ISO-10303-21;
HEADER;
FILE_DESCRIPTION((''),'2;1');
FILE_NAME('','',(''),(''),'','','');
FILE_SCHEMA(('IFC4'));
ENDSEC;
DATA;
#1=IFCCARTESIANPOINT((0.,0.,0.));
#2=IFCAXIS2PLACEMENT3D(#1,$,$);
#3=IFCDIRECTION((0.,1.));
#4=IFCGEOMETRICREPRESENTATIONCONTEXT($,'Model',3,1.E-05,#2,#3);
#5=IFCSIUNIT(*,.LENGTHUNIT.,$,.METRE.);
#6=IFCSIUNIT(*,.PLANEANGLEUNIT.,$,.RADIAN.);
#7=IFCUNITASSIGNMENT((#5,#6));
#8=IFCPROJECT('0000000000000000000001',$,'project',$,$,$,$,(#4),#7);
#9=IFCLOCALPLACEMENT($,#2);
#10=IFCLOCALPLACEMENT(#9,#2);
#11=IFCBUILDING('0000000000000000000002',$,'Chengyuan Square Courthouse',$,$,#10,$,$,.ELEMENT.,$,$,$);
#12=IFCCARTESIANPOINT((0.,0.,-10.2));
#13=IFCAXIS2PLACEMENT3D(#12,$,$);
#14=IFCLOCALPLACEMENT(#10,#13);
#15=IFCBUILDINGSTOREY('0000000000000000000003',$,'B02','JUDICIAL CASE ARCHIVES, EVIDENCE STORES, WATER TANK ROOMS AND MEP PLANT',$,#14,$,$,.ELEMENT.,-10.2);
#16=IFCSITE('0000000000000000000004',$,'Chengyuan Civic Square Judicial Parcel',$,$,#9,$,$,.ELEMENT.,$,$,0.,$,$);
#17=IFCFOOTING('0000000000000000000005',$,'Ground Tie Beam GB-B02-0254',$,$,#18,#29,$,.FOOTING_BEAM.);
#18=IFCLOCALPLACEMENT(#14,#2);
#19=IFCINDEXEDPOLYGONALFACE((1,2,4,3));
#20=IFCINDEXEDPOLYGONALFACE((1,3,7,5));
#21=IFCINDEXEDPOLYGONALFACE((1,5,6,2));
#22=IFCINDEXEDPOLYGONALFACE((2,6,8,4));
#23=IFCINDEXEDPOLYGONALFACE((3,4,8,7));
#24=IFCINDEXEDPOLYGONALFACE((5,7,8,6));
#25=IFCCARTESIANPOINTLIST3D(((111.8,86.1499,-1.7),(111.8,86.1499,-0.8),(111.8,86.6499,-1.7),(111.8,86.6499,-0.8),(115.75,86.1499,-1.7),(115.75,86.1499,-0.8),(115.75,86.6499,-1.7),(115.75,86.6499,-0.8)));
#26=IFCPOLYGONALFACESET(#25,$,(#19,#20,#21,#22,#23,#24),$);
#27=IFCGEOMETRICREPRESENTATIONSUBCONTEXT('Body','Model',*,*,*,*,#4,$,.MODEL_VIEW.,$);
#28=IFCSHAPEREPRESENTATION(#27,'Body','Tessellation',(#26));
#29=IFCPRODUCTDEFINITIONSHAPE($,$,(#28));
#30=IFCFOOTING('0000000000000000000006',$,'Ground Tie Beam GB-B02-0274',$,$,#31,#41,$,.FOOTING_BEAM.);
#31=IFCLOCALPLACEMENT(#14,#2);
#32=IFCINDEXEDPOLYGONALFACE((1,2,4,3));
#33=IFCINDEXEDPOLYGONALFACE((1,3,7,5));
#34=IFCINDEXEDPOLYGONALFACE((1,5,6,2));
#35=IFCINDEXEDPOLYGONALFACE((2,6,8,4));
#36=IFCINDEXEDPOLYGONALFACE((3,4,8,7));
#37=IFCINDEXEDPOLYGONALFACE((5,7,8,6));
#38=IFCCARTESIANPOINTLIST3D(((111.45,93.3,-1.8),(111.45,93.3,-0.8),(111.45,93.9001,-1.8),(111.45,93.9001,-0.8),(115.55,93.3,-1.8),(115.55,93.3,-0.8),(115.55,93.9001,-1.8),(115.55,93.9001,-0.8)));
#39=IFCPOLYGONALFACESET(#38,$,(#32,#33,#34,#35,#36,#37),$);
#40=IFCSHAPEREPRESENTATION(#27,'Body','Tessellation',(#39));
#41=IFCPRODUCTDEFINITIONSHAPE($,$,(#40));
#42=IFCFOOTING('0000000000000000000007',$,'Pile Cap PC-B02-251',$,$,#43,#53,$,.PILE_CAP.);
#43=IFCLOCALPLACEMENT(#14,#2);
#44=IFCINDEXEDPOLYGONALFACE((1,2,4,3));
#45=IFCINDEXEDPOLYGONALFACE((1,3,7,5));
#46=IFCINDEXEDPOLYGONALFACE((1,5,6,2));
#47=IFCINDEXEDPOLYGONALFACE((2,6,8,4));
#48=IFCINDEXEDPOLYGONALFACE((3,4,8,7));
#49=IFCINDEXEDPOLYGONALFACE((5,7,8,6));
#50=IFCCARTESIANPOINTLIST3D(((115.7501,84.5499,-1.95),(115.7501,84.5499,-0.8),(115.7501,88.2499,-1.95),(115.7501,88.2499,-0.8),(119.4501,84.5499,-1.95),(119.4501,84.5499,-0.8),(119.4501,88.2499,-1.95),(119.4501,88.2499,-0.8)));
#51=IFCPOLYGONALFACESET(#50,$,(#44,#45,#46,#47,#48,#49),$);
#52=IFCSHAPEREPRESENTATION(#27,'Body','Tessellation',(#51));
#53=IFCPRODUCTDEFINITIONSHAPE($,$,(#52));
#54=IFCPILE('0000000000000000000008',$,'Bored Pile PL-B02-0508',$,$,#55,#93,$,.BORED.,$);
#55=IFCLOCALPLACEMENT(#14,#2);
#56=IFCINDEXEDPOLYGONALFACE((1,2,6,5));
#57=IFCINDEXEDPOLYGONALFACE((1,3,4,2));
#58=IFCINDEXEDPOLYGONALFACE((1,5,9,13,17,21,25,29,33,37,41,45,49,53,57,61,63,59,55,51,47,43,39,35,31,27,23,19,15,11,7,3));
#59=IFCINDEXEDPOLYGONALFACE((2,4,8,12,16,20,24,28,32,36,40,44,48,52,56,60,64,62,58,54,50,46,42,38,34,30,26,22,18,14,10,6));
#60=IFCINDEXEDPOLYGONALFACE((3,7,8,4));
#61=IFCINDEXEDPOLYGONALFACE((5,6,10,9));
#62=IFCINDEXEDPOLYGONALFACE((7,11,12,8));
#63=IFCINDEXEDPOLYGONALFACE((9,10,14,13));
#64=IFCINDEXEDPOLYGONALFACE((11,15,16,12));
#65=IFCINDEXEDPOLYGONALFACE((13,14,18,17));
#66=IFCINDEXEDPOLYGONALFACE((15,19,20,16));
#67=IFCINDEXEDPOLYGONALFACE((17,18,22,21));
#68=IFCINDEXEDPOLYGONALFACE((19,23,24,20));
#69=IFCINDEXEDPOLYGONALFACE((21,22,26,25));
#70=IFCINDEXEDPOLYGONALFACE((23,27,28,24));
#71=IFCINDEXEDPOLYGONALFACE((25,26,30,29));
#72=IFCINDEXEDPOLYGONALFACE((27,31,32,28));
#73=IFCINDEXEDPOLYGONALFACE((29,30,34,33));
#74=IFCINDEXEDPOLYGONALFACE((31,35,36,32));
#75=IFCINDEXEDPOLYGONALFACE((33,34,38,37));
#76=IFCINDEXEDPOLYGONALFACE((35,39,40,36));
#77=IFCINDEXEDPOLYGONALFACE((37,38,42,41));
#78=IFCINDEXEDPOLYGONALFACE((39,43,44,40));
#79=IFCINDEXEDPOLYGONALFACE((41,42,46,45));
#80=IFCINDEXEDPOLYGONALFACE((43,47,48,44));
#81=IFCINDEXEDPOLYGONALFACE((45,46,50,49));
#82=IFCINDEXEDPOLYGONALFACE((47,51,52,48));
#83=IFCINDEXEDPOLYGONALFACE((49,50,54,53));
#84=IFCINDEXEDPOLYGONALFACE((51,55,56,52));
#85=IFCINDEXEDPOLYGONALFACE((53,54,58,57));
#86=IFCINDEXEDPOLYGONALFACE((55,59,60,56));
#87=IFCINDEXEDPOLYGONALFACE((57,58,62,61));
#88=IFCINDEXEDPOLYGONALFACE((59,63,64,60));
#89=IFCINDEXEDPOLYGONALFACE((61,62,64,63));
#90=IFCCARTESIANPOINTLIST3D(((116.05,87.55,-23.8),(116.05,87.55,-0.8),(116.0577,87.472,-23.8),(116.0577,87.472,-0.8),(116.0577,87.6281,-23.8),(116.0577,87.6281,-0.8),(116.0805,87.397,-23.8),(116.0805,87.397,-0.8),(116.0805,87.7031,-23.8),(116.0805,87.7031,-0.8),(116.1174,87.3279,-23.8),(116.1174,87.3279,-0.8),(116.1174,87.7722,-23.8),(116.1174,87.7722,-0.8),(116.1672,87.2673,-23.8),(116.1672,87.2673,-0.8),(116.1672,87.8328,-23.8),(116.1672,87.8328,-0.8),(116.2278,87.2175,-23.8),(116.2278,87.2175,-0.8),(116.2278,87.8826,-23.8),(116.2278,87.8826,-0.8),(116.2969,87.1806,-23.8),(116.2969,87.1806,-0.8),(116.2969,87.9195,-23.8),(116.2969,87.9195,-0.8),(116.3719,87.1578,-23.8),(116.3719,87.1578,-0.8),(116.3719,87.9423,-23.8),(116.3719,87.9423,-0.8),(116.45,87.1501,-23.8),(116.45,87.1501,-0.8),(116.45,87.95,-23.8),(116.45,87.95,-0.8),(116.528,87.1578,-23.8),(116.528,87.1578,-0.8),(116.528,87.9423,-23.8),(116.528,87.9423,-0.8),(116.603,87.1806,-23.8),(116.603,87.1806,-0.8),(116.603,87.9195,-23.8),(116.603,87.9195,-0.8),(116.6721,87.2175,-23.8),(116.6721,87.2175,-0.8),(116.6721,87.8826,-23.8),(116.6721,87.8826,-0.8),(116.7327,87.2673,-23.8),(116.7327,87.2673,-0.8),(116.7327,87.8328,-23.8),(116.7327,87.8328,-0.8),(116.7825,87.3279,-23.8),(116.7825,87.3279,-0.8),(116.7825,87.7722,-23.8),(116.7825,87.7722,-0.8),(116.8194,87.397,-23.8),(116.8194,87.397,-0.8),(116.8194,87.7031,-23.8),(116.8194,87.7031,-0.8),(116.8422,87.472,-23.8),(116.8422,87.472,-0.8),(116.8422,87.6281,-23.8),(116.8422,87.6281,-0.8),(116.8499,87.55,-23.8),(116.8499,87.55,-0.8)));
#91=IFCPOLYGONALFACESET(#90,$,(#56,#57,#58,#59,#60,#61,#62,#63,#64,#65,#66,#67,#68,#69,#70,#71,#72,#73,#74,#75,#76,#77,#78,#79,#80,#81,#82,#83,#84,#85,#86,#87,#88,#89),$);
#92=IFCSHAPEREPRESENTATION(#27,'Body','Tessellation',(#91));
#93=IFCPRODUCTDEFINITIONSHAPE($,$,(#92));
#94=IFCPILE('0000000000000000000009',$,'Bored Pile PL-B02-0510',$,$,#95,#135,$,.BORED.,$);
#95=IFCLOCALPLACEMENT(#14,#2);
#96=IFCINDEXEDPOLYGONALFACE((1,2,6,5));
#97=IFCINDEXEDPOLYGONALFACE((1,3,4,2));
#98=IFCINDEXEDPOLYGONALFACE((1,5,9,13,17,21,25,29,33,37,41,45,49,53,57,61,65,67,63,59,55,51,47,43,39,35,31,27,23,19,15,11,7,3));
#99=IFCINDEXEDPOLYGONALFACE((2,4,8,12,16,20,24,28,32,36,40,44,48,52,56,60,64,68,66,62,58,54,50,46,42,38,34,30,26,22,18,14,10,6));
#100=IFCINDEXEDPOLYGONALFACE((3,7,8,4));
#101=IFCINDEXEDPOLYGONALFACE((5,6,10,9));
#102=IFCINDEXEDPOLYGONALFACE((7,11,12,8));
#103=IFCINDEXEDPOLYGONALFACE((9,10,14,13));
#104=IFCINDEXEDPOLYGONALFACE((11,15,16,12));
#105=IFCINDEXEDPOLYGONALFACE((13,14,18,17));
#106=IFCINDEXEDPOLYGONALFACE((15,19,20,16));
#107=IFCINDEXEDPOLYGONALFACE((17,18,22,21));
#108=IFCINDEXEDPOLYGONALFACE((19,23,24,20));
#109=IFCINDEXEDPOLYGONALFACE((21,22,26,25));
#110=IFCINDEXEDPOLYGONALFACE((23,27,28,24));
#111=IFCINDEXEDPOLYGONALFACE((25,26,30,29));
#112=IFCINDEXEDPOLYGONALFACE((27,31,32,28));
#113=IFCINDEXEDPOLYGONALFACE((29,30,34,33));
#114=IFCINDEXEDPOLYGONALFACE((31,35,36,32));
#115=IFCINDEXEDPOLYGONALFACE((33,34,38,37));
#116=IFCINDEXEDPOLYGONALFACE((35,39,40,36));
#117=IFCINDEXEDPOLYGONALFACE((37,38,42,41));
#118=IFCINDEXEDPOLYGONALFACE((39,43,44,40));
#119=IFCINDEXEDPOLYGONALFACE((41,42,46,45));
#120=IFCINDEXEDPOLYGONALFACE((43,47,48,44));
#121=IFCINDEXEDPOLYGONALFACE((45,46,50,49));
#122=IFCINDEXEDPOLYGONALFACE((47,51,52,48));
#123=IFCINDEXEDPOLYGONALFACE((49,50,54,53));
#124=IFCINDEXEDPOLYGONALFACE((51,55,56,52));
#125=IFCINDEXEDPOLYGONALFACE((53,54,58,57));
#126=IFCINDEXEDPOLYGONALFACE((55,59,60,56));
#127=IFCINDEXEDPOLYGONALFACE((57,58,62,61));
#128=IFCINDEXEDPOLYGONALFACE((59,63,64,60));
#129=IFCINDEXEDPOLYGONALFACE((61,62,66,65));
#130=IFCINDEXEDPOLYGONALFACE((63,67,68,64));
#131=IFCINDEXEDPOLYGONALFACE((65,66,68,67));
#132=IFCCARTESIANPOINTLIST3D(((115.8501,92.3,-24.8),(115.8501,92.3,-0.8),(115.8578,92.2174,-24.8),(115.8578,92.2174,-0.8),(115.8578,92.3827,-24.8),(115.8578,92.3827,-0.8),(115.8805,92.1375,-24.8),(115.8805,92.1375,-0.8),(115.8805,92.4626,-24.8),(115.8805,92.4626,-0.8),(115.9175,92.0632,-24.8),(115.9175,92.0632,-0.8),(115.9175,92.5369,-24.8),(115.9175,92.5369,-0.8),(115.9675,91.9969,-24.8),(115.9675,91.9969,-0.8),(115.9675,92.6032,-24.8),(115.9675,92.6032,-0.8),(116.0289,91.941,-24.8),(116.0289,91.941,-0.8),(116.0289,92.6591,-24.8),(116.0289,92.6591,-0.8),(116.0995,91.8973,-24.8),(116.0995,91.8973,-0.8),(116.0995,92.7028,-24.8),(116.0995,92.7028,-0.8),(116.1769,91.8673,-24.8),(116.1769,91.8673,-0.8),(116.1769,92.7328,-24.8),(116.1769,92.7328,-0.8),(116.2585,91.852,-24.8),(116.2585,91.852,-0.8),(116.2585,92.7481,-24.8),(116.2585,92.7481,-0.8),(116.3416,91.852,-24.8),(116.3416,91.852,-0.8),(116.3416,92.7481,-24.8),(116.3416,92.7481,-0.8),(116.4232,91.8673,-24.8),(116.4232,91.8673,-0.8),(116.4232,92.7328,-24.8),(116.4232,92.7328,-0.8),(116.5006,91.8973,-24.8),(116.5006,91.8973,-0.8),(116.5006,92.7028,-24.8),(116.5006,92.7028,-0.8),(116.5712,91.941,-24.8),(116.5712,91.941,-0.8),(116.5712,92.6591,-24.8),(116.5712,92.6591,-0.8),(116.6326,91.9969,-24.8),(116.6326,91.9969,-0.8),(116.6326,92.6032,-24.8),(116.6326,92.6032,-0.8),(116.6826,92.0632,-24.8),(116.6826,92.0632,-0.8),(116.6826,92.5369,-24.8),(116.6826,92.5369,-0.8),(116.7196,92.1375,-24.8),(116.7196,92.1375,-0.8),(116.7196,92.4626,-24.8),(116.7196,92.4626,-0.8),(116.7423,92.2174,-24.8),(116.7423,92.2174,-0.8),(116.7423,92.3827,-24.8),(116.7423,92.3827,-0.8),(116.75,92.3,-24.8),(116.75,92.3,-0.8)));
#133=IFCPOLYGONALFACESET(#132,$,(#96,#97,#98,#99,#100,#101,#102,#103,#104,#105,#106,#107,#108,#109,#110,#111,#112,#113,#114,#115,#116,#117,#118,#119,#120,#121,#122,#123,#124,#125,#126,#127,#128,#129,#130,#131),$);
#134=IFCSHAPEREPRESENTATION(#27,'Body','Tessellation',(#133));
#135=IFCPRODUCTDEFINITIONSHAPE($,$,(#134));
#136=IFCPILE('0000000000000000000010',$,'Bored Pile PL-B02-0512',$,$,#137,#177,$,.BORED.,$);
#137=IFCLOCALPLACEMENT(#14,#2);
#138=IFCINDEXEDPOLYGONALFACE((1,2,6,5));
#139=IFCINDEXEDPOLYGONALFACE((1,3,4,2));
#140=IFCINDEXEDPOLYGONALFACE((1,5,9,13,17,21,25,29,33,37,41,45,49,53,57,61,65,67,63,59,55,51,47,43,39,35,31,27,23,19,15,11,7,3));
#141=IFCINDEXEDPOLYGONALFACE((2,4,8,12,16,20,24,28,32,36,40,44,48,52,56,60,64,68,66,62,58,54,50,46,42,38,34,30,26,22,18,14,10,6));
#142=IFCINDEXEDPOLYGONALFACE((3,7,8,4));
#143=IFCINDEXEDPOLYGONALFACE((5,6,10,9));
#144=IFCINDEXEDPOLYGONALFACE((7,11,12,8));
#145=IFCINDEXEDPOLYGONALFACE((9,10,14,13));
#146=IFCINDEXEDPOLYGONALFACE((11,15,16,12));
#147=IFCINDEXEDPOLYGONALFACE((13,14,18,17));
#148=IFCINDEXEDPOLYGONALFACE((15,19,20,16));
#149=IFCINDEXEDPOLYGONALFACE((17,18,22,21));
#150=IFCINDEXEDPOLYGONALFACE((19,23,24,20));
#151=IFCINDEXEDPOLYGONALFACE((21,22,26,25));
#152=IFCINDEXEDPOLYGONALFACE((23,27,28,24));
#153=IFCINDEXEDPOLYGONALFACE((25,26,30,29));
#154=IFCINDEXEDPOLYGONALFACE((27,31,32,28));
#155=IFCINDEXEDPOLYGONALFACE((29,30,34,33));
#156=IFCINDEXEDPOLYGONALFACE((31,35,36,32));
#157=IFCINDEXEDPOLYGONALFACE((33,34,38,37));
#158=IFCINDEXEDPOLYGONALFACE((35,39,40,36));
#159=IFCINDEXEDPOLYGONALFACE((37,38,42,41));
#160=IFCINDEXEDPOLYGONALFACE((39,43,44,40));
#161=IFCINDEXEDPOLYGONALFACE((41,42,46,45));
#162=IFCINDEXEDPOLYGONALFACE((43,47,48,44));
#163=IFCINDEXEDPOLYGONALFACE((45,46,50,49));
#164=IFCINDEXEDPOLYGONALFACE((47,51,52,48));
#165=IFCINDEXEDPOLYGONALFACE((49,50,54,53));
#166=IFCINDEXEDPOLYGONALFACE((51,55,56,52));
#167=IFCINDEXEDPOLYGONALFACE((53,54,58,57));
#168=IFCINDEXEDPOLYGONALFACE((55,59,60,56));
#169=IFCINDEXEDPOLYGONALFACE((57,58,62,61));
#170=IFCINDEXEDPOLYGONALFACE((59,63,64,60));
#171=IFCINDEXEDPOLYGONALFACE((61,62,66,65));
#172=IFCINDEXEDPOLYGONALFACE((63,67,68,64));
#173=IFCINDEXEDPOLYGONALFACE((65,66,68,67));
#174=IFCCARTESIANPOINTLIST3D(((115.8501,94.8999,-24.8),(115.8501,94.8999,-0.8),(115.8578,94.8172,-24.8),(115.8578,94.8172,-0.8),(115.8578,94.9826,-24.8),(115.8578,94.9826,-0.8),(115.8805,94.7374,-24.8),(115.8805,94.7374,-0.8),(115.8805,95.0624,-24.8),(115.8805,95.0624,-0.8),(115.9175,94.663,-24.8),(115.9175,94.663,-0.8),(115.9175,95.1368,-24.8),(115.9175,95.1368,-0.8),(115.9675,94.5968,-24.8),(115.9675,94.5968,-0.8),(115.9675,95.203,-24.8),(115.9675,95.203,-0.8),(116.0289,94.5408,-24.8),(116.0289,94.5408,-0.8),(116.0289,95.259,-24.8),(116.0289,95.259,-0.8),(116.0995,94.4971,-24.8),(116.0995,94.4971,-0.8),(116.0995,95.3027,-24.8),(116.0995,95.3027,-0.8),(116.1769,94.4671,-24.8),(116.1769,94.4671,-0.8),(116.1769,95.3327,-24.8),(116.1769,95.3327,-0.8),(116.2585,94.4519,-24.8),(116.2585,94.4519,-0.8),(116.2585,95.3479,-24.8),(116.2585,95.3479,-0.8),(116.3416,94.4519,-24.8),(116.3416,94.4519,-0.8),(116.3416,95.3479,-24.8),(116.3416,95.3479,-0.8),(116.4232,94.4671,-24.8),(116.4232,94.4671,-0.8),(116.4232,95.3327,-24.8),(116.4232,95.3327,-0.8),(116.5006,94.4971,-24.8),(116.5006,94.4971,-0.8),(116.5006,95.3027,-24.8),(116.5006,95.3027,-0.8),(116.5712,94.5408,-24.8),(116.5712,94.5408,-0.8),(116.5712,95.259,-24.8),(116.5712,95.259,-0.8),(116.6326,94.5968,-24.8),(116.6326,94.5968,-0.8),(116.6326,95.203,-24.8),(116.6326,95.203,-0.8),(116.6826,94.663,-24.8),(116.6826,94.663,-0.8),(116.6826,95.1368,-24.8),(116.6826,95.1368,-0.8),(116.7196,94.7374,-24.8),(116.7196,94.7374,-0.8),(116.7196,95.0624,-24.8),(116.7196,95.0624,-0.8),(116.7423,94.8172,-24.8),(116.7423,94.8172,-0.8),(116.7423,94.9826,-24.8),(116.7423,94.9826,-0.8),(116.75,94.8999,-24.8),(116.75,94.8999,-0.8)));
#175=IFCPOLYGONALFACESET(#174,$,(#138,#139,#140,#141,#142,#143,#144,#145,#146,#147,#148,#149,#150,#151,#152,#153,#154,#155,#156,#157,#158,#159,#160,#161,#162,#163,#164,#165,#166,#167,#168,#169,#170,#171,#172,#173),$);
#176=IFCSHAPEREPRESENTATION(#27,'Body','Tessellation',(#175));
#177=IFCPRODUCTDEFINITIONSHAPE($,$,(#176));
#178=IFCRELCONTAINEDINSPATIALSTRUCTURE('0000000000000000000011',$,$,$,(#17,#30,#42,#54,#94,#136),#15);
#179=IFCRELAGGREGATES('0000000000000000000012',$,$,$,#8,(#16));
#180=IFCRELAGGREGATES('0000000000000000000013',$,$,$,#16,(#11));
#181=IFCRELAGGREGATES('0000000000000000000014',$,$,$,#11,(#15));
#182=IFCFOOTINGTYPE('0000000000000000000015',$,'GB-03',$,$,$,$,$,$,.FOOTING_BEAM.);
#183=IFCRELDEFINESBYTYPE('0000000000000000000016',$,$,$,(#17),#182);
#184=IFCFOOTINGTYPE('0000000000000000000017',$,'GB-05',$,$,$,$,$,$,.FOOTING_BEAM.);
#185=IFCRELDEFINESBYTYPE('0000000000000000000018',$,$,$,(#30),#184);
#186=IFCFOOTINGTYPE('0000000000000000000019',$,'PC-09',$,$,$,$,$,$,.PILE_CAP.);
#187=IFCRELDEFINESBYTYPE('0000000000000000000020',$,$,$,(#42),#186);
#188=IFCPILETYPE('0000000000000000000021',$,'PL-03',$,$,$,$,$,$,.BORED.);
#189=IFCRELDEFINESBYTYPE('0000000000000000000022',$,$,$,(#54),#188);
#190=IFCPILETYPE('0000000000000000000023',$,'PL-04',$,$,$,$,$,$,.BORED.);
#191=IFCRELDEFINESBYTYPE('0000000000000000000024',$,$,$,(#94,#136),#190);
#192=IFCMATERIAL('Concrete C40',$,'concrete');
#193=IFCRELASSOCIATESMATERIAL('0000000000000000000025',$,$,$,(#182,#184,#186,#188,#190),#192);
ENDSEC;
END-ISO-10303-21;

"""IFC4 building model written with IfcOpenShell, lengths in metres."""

from ifc_helpers import new_model, si_unit, direction, frame, origin, origin_2d, place, context, subcontext, project, spatial, rectangle, circle, extrude, material, material_profile, profile_set, type_object, element, save


model = new_model("IFC4")

# Units and contexts
model_context = context("Model", 3, precision=1e-05, world=origin(), true_north=direction((0.0, 1.0)))
body_context = subcontext(model_context, "Body", "Model", "MODEL_VIEW")
ifc_project = project(units=[si_unit("LENGTHUNIT", "METRE"), si_unit("PLANEANGLEUNIT", "RADIAN")], contexts=[model_context])

# Site, building, storey
site_placement = place(None, origin())
site = spatial("IfcSite", under=ifc_project, at=site_placement, Name="Chengyuan Civic Square Judicial Parcel", CompositionType="ELEMENT", RefElevation=0.0)
building_placement = place(site_placement, origin())
building = spatial("IfcBuilding", under=site, at=building_placement, Name="Chengyuan Square Courthouse", CompositionType="ELEMENT")
storey_placement = place(building_placement, frame((0.0, 0.0, -10.2)))
storey = spatial("IfcBuildingStorey", under=building, at=storey_placement, Name="B02", Description="JUDICIAL CASE ARCHIVES, EVIDENCE STORES, WATER TANK ROOMS AND MEP PLANT", CompositionType="ELEMENT", Elevation=-10.2)

# Footings
ifc_material_1 = material(Name="Concrete C40", Category="concrete")
ifc_material_profile_1 = material_profile(ifc_material_1, rectangle(XDim=0.5, YDim=0.8999, at=origin_2d()), Name="GB-500x900")
ifc_profile_set_1 = profile_set([ifc_material_profile_1], Name="Concrete C40")
footing_type_1 = type_object("IfcFootingType", Name="GB-03", PredefinedType="FOOTING_BEAM", material=ifc_profile_set_1)
footing_1_placement = place(storey_placement, frame((111.8, 86.3999, -1.25), z_axis=(1.0, 0.0, 0.0), x_axis=(0.0, 1.0, 0.0)))
element("IfcFooting", 1, at=footing_1_placement, inside=storey, type_object=footing_type_1, Name="Ground Tie Beam GB-B02-0254", PredefinedType="FOOTING_BEAM", context=body_context, shape_type="SweptSolid", body=[
    extrude(rectangle(XDim=0.5, YDim=0.8999, at=origin_2d()), origin(), (0.0, 0.0, 1.0), 3.95),
])
ifc_material_profile_2 = material_profile(ifc_material_1, rectangle(XDim=0.6001, YDim=1.0, at=origin_2d()), Name="GB-600x1000")
ifc_profile_set_2 = profile_set([ifc_material_profile_2], Name="Concrete C40")
footing_type_2 = type_object("IfcFootingType", Name="GB-05", PredefinedType="FOOTING_BEAM", material=ifc_profile_set_2)
footing_2_placement = place(storey_placement, frame((111.45, 93.6001, -1.3), z_axis=(1.0, 0.0, 0.0), x_axis=(0.0, 1.0, 0.0)))
element("IfcFooting", 2, at=footing_2_placement, inside=storey, type_object=footing_type_2, Name="Ground Tie Beam GB-B02-0274", PredefinedType="FOOTING_BEAM", context=body_context, shape_type="SweptSolid", body=[
    extrude(rectangle(XDim=0.6001, YDim=1.0, at=origin_2d()), origin(), (0.0, 0.0, 1.0), 4.1001),
])
footing_type_3 = type_object("IfcFootingType", Name="PC-09", PredefinedType="PILE_CAP", material=ifc_material_1)
footing_3_placement = place(storey_placement, frame((117.6001, 86.3999, -1.95), z_axis=(0.0, 0.0, 1.0), x_axis=(1.0, 0.0, 0.0)))
element("IfcFooting", 3, at=footing_3_placement, inside=storey, type_object=footing_type_3, Name="Pile Cap PC-B02-251", PredefinedType="PILE_CAP", context=body_context, shape_type="SweptSolid", body=[
    extrude(rectangle(XDim=3.7, YDim=3.7, at=origin_2d()), origin(), (0.0, 0.0, 1.0), 1.1499),
])

# Piles
ifc_material_profile_3 = material_profile(ifc_material_1, circle(Radius=0.3999, at=origin_2d()), Name="BORED PILE D800")
ifc_profile_set_3 = profile_set([ifc_material_profile_3], Name="Concrete C40")
pile_type_1 = type_object("IfcPileType", Name="PL-03", PredefinedType="BORED", material=ifc_profile_set_3)
pile_1_placement = place(storey_placement, frame((116.45, 87.55, -0.8), z_axis=(0.0, 0.0, -1.0), x_axis=(1.0, 0.0, 0.0)))
element("IfcPile", 4, at=pile_1_placement, inside=storey, type_object=pile_type_1, Name="Bored Pile PL-B02-0508", PredefinedType="BORED", context=body_context, shape_type="SweptSolid", body=[
    extrude(circle(Radius=0.3999, at=origin_2d()), origin(), (0.0, 0.0, 1.0), 23.0),
])
ifc_material_profile_4 = material_profile(ifc_material_1, circle(Radius=0.45, at=origin_2d()), Name="BORED PILE D900")
ifc_profile_set_4 = profile_set([ifc_material_profile_4], Name="Concrete C40")
pile_type_2 = type_object("IfcPileType", Name="PL-04", PredefinedType="BORED", material=ifc_profile_set_4)
for number, where, z_axis, x_axis, name in (
    (5, (116.3, 92.3, -0.8), (0.0, 0.0, -1.0), (1.0, 0.0, 0.0), "Bored Pile PL-B02-0510"),
    (6, (116.3, 94.8999, -0.8), (0.0, 0.0, -1.0), (1.0, 0.0, 0.0), "Bored Pile PL-B02-0512"),
):
    element("IfcPile", number, at=place(storey_placement, frame(where, z_axis=z_axis, x_axis=x_axis)), inside=storey, type_object=pile_type_2, Name=name, PredefinedType="BORED", context=body_context, shape_type="SweptSolid", body=[
        extrude(circle(Radius=0.45, at=origin_2d()), origin(), (0.0, 0.0, 1.0), 24.0),
    ])

save(model, "model.ifc")
